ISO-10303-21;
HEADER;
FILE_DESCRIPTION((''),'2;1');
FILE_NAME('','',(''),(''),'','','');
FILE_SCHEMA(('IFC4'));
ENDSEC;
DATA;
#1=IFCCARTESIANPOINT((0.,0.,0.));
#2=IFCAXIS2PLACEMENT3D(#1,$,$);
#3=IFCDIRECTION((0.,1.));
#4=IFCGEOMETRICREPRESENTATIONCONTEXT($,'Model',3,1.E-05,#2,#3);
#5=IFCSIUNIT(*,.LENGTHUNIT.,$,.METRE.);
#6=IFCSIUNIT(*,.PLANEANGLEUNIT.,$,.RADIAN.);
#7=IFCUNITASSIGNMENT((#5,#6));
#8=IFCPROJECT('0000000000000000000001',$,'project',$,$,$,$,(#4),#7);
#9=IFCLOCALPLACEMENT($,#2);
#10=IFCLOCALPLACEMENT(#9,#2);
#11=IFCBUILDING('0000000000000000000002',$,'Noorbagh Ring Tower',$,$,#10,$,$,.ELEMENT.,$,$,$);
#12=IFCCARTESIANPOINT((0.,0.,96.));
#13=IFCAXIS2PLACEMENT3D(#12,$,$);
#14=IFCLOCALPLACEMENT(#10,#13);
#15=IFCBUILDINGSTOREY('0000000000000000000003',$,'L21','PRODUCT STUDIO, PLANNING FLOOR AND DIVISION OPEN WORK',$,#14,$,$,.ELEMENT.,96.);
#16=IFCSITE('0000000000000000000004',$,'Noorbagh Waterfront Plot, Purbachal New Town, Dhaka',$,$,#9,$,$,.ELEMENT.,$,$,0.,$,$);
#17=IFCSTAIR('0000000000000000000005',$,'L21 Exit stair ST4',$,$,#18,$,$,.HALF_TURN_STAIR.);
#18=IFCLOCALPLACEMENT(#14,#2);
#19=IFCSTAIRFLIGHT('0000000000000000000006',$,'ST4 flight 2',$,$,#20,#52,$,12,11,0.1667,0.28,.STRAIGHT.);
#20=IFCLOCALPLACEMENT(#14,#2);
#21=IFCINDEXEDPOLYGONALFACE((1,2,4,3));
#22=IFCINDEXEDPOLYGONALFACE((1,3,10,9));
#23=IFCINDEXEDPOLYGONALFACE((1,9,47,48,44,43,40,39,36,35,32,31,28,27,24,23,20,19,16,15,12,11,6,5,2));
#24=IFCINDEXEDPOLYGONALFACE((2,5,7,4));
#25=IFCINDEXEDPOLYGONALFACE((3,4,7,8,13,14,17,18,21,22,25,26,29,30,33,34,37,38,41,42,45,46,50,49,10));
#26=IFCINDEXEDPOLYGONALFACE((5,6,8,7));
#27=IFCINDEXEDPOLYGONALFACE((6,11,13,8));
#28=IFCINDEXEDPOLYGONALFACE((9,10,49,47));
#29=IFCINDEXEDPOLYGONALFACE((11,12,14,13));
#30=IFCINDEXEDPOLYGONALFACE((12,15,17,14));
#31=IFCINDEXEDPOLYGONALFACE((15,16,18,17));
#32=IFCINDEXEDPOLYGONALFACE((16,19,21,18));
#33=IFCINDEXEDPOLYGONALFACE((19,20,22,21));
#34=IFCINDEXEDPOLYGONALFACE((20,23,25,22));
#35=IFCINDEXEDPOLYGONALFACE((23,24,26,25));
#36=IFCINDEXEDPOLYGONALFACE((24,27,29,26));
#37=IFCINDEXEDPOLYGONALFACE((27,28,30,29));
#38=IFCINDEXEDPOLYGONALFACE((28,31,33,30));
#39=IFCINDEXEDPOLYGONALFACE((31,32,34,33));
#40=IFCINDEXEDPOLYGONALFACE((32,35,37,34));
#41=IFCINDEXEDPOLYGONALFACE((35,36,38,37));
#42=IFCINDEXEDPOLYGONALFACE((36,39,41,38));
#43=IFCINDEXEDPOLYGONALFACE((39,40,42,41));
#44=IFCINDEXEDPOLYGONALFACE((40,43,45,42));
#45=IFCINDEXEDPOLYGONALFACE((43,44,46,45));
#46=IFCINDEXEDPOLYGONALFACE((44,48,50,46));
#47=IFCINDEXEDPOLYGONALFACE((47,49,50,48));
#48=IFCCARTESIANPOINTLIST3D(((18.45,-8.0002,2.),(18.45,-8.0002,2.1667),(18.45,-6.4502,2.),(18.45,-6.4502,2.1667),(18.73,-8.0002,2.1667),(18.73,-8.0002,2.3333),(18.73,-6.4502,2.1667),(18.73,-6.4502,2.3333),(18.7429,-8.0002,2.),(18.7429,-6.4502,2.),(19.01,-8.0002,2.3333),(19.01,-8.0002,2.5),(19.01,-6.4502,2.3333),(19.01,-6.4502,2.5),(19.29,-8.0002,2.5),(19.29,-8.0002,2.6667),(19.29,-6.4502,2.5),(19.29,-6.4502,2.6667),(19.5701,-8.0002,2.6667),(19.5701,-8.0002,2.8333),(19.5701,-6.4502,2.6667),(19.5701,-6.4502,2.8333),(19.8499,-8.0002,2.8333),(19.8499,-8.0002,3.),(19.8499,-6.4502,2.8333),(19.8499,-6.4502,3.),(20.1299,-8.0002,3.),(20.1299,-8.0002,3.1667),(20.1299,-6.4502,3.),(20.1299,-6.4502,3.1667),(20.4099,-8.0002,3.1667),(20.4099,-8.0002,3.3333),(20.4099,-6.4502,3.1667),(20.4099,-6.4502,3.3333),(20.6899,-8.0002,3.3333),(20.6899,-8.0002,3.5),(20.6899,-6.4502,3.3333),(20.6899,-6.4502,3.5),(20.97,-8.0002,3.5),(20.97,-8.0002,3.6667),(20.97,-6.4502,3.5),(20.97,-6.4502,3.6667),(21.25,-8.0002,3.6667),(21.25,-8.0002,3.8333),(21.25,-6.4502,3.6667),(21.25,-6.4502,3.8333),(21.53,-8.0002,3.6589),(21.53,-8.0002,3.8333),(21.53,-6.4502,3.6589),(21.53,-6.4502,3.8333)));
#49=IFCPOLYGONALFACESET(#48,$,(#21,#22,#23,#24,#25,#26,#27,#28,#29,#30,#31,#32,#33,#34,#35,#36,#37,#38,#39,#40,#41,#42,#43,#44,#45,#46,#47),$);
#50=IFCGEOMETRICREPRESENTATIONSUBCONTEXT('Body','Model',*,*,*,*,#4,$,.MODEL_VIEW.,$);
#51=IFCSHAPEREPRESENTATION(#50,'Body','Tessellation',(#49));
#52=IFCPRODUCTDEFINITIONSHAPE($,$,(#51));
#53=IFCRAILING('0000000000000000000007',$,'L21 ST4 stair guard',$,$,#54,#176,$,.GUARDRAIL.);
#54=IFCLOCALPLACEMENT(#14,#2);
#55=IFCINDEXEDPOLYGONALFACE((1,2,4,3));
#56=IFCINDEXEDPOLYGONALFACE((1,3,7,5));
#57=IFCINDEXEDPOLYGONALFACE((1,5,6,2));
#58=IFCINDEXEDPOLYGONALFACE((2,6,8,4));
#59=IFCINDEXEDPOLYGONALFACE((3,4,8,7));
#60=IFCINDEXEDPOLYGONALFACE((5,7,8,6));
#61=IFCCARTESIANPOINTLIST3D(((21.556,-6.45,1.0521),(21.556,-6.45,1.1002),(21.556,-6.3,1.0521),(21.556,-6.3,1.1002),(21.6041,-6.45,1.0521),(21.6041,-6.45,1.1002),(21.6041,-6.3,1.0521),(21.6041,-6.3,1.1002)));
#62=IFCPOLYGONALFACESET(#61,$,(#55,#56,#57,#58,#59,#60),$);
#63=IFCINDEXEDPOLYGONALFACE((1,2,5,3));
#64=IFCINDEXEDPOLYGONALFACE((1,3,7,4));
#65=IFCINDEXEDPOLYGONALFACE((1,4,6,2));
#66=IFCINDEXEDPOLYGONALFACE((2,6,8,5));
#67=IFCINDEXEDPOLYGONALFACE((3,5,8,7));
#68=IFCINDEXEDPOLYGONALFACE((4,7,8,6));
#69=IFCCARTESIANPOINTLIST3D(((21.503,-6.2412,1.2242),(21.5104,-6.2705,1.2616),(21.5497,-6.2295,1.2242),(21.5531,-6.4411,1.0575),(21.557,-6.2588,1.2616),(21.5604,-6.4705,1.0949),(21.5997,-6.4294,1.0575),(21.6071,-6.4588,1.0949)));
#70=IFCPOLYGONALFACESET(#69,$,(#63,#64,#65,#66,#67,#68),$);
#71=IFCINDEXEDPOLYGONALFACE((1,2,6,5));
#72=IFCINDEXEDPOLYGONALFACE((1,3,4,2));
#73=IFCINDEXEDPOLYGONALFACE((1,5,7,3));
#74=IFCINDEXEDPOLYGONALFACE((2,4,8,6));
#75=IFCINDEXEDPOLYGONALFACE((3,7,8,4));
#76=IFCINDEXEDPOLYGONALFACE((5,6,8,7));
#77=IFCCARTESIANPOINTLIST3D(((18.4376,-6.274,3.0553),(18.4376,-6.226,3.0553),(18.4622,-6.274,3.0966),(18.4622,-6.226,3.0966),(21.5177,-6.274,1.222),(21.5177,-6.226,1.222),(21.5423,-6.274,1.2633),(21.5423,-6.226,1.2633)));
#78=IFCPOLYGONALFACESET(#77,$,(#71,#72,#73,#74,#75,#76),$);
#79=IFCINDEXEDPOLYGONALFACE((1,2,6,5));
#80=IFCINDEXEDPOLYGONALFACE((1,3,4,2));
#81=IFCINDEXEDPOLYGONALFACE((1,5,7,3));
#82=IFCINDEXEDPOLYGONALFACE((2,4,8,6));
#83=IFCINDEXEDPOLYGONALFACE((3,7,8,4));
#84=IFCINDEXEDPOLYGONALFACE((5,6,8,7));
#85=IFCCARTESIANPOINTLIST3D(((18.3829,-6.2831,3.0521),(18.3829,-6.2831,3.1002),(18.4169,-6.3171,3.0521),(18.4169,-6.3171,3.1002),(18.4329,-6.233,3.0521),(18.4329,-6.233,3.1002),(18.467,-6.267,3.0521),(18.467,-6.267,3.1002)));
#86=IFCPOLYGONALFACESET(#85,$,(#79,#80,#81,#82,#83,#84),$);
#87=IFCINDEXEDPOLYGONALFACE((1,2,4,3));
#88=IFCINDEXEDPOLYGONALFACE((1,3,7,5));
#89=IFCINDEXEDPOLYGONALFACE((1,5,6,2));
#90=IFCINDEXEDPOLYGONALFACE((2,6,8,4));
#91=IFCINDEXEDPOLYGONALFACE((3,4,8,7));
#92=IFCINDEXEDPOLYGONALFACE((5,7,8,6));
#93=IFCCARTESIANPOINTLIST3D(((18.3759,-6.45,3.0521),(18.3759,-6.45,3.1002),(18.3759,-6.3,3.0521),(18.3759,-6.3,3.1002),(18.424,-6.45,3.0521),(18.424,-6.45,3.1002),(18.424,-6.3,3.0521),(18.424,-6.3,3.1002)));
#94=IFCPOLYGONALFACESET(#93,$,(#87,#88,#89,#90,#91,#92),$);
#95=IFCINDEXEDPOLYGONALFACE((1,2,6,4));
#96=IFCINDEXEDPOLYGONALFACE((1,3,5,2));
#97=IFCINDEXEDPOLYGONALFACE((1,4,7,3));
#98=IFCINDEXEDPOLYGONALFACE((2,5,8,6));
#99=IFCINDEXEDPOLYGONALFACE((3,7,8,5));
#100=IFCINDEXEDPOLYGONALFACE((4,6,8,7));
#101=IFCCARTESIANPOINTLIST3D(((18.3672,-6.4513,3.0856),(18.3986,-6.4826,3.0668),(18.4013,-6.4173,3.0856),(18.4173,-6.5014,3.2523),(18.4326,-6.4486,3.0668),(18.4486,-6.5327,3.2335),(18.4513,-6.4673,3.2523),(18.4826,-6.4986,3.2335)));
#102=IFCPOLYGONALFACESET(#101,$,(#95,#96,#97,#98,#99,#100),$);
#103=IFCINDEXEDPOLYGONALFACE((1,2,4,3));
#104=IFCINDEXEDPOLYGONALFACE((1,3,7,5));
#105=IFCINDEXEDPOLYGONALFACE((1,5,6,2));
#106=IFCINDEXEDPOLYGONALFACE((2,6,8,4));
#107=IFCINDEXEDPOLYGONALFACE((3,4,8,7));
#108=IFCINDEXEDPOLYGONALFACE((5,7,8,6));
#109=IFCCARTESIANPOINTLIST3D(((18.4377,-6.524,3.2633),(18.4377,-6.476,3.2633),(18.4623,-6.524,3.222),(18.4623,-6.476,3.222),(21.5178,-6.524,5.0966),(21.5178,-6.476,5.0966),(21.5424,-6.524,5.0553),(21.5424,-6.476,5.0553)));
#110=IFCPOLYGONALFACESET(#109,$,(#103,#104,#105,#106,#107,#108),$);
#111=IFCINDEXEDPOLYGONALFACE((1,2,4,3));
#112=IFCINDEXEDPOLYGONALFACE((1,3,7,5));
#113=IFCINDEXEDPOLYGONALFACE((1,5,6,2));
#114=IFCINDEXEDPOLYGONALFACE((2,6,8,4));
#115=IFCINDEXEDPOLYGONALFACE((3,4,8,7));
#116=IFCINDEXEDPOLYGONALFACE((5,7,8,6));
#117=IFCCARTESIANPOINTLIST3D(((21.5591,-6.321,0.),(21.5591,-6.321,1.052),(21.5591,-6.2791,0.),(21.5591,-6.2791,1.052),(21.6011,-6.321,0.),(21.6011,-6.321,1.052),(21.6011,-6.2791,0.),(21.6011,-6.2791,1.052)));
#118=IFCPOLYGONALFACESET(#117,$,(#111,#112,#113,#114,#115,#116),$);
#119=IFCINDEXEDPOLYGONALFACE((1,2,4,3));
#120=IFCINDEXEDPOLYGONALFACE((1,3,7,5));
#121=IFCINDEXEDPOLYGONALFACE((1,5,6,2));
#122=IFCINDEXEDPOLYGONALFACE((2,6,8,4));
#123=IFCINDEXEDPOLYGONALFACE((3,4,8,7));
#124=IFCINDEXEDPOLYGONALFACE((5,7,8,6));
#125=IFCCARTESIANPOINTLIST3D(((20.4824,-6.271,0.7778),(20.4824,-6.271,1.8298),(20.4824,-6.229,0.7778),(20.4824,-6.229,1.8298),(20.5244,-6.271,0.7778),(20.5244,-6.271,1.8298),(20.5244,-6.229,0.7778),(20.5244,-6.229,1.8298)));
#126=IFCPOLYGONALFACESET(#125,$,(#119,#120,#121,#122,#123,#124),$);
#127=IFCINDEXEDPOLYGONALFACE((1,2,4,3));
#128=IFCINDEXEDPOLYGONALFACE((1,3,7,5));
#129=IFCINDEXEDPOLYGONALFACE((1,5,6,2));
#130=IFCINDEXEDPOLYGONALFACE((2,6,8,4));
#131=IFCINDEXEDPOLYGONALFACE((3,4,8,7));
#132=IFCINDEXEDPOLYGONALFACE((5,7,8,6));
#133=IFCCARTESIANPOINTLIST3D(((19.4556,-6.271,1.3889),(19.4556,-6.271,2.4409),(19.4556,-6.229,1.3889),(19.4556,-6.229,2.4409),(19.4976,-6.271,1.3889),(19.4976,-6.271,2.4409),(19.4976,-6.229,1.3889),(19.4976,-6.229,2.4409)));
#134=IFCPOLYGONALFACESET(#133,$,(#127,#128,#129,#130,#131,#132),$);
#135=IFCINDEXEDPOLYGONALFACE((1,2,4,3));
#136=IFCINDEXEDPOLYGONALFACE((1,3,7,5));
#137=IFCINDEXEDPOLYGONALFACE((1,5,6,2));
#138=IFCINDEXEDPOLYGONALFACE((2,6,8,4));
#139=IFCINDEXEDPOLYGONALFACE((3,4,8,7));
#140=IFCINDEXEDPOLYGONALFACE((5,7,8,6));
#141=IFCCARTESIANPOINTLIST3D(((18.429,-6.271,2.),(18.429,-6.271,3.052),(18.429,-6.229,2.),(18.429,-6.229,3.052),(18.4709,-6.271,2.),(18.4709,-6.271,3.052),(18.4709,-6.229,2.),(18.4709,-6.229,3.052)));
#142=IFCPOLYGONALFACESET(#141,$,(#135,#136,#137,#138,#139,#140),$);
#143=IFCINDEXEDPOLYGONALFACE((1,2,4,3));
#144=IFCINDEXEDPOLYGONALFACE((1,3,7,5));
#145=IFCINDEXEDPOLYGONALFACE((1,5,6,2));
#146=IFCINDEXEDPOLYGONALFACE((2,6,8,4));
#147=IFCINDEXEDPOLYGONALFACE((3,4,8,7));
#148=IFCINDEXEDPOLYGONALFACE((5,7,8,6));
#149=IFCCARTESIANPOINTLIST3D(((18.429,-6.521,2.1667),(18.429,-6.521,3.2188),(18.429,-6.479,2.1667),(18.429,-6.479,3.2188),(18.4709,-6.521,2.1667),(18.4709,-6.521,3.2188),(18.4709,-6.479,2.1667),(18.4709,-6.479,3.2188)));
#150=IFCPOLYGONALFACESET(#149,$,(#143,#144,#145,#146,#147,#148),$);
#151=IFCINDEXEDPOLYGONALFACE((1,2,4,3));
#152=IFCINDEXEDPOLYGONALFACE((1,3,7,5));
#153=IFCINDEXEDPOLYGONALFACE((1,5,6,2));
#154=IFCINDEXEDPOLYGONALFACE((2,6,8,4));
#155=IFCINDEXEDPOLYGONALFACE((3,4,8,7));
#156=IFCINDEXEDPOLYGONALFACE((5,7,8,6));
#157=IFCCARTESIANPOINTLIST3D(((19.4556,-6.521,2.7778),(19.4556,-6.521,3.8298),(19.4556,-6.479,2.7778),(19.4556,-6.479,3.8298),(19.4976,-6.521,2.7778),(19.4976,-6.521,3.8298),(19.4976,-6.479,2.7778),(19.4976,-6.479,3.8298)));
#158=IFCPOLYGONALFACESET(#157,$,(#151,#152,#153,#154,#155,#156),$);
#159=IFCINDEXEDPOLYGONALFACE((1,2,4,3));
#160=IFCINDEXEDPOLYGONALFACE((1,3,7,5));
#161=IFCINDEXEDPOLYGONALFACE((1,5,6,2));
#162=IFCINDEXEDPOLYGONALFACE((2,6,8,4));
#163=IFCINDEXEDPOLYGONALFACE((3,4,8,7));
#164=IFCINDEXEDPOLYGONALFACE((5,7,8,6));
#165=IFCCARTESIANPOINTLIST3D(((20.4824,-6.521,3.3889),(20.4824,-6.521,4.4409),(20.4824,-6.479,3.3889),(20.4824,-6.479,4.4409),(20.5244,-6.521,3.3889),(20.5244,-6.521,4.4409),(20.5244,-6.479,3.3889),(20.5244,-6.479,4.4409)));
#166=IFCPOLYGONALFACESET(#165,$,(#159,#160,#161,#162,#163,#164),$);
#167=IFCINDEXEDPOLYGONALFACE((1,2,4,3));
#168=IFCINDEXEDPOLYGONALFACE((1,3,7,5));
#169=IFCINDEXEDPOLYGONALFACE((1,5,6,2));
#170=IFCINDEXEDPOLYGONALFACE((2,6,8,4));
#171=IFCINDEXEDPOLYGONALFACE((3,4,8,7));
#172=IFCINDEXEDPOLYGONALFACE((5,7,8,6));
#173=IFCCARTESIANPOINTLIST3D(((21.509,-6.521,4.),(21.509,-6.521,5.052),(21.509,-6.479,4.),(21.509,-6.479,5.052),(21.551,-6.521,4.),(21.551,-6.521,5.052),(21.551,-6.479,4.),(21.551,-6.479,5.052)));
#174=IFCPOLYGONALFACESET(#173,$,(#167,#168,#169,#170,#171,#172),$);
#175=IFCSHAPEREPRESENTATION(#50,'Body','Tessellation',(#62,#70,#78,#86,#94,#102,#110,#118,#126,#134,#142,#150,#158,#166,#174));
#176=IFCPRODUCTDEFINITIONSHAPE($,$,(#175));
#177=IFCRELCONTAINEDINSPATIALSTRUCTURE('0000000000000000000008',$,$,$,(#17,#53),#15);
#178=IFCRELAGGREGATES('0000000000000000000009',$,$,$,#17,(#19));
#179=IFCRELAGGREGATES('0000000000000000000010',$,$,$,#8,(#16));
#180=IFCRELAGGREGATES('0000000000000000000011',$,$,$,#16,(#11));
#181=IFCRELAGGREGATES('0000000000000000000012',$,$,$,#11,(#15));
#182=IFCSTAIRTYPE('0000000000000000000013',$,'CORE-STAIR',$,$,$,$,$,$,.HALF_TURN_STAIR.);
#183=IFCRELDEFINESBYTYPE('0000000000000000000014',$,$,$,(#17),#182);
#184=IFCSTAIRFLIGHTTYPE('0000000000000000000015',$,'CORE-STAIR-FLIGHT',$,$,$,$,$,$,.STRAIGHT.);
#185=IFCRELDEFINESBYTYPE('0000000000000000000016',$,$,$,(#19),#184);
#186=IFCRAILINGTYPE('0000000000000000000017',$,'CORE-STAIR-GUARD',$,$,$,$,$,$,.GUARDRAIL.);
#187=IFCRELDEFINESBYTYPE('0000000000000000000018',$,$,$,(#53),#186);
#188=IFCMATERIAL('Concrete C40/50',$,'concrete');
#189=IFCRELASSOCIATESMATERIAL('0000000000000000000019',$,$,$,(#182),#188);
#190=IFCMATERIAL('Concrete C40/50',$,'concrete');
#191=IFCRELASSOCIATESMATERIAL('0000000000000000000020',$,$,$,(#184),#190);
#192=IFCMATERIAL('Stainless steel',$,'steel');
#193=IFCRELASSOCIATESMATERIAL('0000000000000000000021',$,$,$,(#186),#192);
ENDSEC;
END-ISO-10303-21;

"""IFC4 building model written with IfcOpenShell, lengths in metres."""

from ifc_helpers import new_model, si_unit, direction, frame, origin, origin_2d, place, context, subcontext, project, spatial, polyline, rectangle, outline, extrude, material, type_object, element, aggregate, save


model = new_model("IFC4")

# Units and contexts
model_context = context("Model", 3, precision=1e-05, world=origin(), true_north=direction((0.0, 1.0)))
body_context = subcontext(model_context, "Body", "Model", "MODEL_VIEW")
ifc_project = project(units=[si_unit("LENGTHUNIT", "METRE"), si_unit("PLANEANGLEUNIT", "RADIAN")], contexts=[model_context])

# Site, building, storey
site_placement = place(None, origin())
site = spatial("IfcSite", under=ifc_project, at=site_placement, Name="Noorbagh Waterfront Plot, Purbachal New Town, Dhaka", CompositionType="ELEMENT", RefElevation=0.0)
building_placement = place(site_placement, origin())
building = spatial("IfcBuilding", under=site, at=building_placement, Name="Noorbagh Ring Tower", CompositionType="ELEMENT")
storey_placement = place(building_placement, frame((0.0, 0.0, 96.0)))
storey = spatial("IfcBuildingStorey", under=building, at=storey_placement, Name="L21", Description="PRODUCT STUDIO, PLANNING FLOOR AND DIVISION OPEN WORK", CompositionType="ELEMENT", Elevation=96.0)

# Stair, stair flight
ifc_material_1 = material(Name="Concrete C40/50", Category="concrete")
stair_type = type_object("IfcStairType", Name="CORE-STAIR", PredefinedType="HALF_TURN_STAIR", material=ifc_material_1)
stair_placement = place(storey_placement, origin())
stair = element("IfcStair", 1, at=stair_placement, inside=storey, type_object=stair_type, Name="L21 Exit stair ST4", PredefinedType="HALF_TURN_STAIR")
ifc_material_2 = material(Name="Concrete C40/50", Category="concrete")
stair_flight_type = type_object("IfcStairFlightType", Name="CORE-STAIR-FLIGHT", PredefinedType="STRAIGHT", material=ifc_material_2)
stair_flight_1_placement = place(storey_placement, frame((18.45, -7.2251, 2.0), z_axis=(0.0, 0.0, 1.0), x_axis=(1.0, 0.0, 0.0)))
stair_flight_1 = element("IfcStairFlight", 2, at=stair_flight_1_placement, type_object=stair_flight_type, Name="ST4 flight 2", NumberOfRisers=12, NumberOfTreads=11, PredefinedType="STRAIGHT", RiserHeight=0.1667, TreadLength=0.28, context=body_context, shape_type="SweptSolid", body=[
    extrude(outline(polyline([(0.0, 0.0), (0.0, 0.1667), (0.28, 0.1667), (0.28, 0.3333), (0.5601, 0.3333), (0.5601, 0.5), (0.8401, 0.5), (0.8401, 0.6667), (1.1201, 0.6667), (1.1201, 0.8333), (1.3999, 0.8333), (1.3999, 1.0), (1.6799, 1.0), (1.6799, 1.1667), (1.96, 1.1667), (1.96, 1.3333), (2.24, 1.3333), (2.24, 1.5), (2.52, 1.5), (2.52, 1.6667), (2.8, 1.6667), (2.8, 1.8333), (3.0801, 1.8333), (3.0801, 2.0), (3.0801, 1.6589), (0.293, 0.0), (0.0, 0.0)])), frame((0.0, 0.7749, 0.0), z_axis=(0.0, -1.0, 0.0), x_axis=(1.0, 0.0, 0.0)), (0.0, 0.0, 1.0), 1.55),
])
aggregate(stair, [stair_flight_1])

# Railing
ifc_material_3 = material(Name="Stainless steel", Category="steel")
railing_type_1 = type_object("IfcRailingType", Name="CORE-STAIR-GUARD", PredefinedType="GUARDRAIL", material=ifc_material_3)
railing_1_placement = place(storey_placement, frame((21.5801, -6.3, 0.0)))
element("IfcRailing", 3, at=railing_1_placement, inside=storey, type_object=railing_type_1, Name="L21 ST4 stair guard", PredefinedType="GUARDRAIL", context=body_context, shape_type="SweptSolid", body=[
    extrude(rectangle(XDim=0.0481, YDim=0.0481, at=origin_2d()), frame((0.0, 0.0, 1.0762), z_axis=(0.0, -1.0, 0.0), x_axis=(1.0, 0.0, 0.0)), (0.0, 0.0, 1.0), 0.1499),
    extrude(rectangle(XDim=0.0481, YDim=0.0481, at=origin_2d()), frame((0.0, -0.1499, 1.0762), z_axis=(-0.188776, 0.754182, 0.628946), x_axis=(-0.970073, -0.242814, 0.0)), (0.0, 0.0, 1.0), 0.2651),
    extrude(rectangle(XDim=0.0481, YDim=0.0481, at=origin_2d()), frame((-0.05, 0.05, 1.2427), z_axis=(-0.859309, 0.0, 0.511458), x_axis=(0.0, -1.0, 0.0)), (0.0, 0.0, 1.0), 3.5845),
    extrude(rectangle(XDim=0.0481, YDim=0.0481, at=origin_2d()), frame((-3.1301, 0.05, 3.0762), z_axis=(-0.707107, -0.707107, 0.0), x_axis=(0.707107, -0.707107, 0.0)), (0.0, 0.0, 1.0), 0.0708),
    extrude(rectangle(XDim=0.0481, YDim=0.0481, at=origin_2d()), frame((-3.1802, 0.0, 3.0762), z_axis=(0.0, -1.0, 0.0), x_axis=(1.0, 0.0, 0.0)), (0.0, 0.0, 1.0), 0.1499),
    extrude(rectangle(XDim=0.0481, YDim=0.0481, at=origin_2d()), frame((-3.1802, -0.1499, 3.0762), z_axis=(0.276287, -0.276287, 0.920506), x_axis=(0.707107, 0.707107, 0.0)), (0.0, 0.0, 1.0), 0.1812),
    extrude(rectangle(XDim=0.0481, YDim=0.0481, at=origin_2d()), frame((-3.1301, -0.2, 3.2427), z_axis=(0.859309, 0.0, 0.511458), x_axis=(0.0, 1.0, 0.0)), (0.0, 0.0, 1.0), 3.5845),
    extrude(rectangle(XDim=0.042, YDim=0.042, at=origin_2d()), origin(), (0.0, 0.0, 1.0), 1.052),
    extrude(rectangle(XDim=0.042, YDim=0.042, at=origin_2d()), frame((-1.0767, 0.05, 0.7778)), (0.0, 0.0, 1.0), 1.052),
    extrude(rectangle(XDim=0.042, YDim=0.042, at=origin_2d()), frame((-2.1035, 0.05, 1.3889)), (0.0, 0.0, 1.0), 1.052),
    extrude(rectangle(XDim=0.042, YDim=0.042, at=origin_2d()), frame((-3.1301, 0.05, 2.0)), (0.0, 0.0, 1.0), 1.052),
    extrude(rectangle(XDim=0.042, YDim=0.042, at=origin_2d()), frame((-3.1301, -0.2, 2.1667)), (0.0, 0.0, 1.0), 1.052),
    extrude(rectangle(XDim=0.042, YDim=0.042, at=origin_2d()), frame((-2.1035, -0.2, 2.7778)), (0.0, 0.0, 1.0), 1.052),
    extrude(rectangle(XDim=0.042, YDim=0.042, at=origin_2d()), frame((-1.0767, -0.2, 3.3889)), (0.0, 0.0, 1.0), 1.052),
    extrude(rectangle(XDim=0.042, YDim=0.042, at=origin_2d()), frame((-0.05, -0.2, 4.0)), (0.0, 0.0, 1.0), 1.052),
])

save(model, "model.ifc")
